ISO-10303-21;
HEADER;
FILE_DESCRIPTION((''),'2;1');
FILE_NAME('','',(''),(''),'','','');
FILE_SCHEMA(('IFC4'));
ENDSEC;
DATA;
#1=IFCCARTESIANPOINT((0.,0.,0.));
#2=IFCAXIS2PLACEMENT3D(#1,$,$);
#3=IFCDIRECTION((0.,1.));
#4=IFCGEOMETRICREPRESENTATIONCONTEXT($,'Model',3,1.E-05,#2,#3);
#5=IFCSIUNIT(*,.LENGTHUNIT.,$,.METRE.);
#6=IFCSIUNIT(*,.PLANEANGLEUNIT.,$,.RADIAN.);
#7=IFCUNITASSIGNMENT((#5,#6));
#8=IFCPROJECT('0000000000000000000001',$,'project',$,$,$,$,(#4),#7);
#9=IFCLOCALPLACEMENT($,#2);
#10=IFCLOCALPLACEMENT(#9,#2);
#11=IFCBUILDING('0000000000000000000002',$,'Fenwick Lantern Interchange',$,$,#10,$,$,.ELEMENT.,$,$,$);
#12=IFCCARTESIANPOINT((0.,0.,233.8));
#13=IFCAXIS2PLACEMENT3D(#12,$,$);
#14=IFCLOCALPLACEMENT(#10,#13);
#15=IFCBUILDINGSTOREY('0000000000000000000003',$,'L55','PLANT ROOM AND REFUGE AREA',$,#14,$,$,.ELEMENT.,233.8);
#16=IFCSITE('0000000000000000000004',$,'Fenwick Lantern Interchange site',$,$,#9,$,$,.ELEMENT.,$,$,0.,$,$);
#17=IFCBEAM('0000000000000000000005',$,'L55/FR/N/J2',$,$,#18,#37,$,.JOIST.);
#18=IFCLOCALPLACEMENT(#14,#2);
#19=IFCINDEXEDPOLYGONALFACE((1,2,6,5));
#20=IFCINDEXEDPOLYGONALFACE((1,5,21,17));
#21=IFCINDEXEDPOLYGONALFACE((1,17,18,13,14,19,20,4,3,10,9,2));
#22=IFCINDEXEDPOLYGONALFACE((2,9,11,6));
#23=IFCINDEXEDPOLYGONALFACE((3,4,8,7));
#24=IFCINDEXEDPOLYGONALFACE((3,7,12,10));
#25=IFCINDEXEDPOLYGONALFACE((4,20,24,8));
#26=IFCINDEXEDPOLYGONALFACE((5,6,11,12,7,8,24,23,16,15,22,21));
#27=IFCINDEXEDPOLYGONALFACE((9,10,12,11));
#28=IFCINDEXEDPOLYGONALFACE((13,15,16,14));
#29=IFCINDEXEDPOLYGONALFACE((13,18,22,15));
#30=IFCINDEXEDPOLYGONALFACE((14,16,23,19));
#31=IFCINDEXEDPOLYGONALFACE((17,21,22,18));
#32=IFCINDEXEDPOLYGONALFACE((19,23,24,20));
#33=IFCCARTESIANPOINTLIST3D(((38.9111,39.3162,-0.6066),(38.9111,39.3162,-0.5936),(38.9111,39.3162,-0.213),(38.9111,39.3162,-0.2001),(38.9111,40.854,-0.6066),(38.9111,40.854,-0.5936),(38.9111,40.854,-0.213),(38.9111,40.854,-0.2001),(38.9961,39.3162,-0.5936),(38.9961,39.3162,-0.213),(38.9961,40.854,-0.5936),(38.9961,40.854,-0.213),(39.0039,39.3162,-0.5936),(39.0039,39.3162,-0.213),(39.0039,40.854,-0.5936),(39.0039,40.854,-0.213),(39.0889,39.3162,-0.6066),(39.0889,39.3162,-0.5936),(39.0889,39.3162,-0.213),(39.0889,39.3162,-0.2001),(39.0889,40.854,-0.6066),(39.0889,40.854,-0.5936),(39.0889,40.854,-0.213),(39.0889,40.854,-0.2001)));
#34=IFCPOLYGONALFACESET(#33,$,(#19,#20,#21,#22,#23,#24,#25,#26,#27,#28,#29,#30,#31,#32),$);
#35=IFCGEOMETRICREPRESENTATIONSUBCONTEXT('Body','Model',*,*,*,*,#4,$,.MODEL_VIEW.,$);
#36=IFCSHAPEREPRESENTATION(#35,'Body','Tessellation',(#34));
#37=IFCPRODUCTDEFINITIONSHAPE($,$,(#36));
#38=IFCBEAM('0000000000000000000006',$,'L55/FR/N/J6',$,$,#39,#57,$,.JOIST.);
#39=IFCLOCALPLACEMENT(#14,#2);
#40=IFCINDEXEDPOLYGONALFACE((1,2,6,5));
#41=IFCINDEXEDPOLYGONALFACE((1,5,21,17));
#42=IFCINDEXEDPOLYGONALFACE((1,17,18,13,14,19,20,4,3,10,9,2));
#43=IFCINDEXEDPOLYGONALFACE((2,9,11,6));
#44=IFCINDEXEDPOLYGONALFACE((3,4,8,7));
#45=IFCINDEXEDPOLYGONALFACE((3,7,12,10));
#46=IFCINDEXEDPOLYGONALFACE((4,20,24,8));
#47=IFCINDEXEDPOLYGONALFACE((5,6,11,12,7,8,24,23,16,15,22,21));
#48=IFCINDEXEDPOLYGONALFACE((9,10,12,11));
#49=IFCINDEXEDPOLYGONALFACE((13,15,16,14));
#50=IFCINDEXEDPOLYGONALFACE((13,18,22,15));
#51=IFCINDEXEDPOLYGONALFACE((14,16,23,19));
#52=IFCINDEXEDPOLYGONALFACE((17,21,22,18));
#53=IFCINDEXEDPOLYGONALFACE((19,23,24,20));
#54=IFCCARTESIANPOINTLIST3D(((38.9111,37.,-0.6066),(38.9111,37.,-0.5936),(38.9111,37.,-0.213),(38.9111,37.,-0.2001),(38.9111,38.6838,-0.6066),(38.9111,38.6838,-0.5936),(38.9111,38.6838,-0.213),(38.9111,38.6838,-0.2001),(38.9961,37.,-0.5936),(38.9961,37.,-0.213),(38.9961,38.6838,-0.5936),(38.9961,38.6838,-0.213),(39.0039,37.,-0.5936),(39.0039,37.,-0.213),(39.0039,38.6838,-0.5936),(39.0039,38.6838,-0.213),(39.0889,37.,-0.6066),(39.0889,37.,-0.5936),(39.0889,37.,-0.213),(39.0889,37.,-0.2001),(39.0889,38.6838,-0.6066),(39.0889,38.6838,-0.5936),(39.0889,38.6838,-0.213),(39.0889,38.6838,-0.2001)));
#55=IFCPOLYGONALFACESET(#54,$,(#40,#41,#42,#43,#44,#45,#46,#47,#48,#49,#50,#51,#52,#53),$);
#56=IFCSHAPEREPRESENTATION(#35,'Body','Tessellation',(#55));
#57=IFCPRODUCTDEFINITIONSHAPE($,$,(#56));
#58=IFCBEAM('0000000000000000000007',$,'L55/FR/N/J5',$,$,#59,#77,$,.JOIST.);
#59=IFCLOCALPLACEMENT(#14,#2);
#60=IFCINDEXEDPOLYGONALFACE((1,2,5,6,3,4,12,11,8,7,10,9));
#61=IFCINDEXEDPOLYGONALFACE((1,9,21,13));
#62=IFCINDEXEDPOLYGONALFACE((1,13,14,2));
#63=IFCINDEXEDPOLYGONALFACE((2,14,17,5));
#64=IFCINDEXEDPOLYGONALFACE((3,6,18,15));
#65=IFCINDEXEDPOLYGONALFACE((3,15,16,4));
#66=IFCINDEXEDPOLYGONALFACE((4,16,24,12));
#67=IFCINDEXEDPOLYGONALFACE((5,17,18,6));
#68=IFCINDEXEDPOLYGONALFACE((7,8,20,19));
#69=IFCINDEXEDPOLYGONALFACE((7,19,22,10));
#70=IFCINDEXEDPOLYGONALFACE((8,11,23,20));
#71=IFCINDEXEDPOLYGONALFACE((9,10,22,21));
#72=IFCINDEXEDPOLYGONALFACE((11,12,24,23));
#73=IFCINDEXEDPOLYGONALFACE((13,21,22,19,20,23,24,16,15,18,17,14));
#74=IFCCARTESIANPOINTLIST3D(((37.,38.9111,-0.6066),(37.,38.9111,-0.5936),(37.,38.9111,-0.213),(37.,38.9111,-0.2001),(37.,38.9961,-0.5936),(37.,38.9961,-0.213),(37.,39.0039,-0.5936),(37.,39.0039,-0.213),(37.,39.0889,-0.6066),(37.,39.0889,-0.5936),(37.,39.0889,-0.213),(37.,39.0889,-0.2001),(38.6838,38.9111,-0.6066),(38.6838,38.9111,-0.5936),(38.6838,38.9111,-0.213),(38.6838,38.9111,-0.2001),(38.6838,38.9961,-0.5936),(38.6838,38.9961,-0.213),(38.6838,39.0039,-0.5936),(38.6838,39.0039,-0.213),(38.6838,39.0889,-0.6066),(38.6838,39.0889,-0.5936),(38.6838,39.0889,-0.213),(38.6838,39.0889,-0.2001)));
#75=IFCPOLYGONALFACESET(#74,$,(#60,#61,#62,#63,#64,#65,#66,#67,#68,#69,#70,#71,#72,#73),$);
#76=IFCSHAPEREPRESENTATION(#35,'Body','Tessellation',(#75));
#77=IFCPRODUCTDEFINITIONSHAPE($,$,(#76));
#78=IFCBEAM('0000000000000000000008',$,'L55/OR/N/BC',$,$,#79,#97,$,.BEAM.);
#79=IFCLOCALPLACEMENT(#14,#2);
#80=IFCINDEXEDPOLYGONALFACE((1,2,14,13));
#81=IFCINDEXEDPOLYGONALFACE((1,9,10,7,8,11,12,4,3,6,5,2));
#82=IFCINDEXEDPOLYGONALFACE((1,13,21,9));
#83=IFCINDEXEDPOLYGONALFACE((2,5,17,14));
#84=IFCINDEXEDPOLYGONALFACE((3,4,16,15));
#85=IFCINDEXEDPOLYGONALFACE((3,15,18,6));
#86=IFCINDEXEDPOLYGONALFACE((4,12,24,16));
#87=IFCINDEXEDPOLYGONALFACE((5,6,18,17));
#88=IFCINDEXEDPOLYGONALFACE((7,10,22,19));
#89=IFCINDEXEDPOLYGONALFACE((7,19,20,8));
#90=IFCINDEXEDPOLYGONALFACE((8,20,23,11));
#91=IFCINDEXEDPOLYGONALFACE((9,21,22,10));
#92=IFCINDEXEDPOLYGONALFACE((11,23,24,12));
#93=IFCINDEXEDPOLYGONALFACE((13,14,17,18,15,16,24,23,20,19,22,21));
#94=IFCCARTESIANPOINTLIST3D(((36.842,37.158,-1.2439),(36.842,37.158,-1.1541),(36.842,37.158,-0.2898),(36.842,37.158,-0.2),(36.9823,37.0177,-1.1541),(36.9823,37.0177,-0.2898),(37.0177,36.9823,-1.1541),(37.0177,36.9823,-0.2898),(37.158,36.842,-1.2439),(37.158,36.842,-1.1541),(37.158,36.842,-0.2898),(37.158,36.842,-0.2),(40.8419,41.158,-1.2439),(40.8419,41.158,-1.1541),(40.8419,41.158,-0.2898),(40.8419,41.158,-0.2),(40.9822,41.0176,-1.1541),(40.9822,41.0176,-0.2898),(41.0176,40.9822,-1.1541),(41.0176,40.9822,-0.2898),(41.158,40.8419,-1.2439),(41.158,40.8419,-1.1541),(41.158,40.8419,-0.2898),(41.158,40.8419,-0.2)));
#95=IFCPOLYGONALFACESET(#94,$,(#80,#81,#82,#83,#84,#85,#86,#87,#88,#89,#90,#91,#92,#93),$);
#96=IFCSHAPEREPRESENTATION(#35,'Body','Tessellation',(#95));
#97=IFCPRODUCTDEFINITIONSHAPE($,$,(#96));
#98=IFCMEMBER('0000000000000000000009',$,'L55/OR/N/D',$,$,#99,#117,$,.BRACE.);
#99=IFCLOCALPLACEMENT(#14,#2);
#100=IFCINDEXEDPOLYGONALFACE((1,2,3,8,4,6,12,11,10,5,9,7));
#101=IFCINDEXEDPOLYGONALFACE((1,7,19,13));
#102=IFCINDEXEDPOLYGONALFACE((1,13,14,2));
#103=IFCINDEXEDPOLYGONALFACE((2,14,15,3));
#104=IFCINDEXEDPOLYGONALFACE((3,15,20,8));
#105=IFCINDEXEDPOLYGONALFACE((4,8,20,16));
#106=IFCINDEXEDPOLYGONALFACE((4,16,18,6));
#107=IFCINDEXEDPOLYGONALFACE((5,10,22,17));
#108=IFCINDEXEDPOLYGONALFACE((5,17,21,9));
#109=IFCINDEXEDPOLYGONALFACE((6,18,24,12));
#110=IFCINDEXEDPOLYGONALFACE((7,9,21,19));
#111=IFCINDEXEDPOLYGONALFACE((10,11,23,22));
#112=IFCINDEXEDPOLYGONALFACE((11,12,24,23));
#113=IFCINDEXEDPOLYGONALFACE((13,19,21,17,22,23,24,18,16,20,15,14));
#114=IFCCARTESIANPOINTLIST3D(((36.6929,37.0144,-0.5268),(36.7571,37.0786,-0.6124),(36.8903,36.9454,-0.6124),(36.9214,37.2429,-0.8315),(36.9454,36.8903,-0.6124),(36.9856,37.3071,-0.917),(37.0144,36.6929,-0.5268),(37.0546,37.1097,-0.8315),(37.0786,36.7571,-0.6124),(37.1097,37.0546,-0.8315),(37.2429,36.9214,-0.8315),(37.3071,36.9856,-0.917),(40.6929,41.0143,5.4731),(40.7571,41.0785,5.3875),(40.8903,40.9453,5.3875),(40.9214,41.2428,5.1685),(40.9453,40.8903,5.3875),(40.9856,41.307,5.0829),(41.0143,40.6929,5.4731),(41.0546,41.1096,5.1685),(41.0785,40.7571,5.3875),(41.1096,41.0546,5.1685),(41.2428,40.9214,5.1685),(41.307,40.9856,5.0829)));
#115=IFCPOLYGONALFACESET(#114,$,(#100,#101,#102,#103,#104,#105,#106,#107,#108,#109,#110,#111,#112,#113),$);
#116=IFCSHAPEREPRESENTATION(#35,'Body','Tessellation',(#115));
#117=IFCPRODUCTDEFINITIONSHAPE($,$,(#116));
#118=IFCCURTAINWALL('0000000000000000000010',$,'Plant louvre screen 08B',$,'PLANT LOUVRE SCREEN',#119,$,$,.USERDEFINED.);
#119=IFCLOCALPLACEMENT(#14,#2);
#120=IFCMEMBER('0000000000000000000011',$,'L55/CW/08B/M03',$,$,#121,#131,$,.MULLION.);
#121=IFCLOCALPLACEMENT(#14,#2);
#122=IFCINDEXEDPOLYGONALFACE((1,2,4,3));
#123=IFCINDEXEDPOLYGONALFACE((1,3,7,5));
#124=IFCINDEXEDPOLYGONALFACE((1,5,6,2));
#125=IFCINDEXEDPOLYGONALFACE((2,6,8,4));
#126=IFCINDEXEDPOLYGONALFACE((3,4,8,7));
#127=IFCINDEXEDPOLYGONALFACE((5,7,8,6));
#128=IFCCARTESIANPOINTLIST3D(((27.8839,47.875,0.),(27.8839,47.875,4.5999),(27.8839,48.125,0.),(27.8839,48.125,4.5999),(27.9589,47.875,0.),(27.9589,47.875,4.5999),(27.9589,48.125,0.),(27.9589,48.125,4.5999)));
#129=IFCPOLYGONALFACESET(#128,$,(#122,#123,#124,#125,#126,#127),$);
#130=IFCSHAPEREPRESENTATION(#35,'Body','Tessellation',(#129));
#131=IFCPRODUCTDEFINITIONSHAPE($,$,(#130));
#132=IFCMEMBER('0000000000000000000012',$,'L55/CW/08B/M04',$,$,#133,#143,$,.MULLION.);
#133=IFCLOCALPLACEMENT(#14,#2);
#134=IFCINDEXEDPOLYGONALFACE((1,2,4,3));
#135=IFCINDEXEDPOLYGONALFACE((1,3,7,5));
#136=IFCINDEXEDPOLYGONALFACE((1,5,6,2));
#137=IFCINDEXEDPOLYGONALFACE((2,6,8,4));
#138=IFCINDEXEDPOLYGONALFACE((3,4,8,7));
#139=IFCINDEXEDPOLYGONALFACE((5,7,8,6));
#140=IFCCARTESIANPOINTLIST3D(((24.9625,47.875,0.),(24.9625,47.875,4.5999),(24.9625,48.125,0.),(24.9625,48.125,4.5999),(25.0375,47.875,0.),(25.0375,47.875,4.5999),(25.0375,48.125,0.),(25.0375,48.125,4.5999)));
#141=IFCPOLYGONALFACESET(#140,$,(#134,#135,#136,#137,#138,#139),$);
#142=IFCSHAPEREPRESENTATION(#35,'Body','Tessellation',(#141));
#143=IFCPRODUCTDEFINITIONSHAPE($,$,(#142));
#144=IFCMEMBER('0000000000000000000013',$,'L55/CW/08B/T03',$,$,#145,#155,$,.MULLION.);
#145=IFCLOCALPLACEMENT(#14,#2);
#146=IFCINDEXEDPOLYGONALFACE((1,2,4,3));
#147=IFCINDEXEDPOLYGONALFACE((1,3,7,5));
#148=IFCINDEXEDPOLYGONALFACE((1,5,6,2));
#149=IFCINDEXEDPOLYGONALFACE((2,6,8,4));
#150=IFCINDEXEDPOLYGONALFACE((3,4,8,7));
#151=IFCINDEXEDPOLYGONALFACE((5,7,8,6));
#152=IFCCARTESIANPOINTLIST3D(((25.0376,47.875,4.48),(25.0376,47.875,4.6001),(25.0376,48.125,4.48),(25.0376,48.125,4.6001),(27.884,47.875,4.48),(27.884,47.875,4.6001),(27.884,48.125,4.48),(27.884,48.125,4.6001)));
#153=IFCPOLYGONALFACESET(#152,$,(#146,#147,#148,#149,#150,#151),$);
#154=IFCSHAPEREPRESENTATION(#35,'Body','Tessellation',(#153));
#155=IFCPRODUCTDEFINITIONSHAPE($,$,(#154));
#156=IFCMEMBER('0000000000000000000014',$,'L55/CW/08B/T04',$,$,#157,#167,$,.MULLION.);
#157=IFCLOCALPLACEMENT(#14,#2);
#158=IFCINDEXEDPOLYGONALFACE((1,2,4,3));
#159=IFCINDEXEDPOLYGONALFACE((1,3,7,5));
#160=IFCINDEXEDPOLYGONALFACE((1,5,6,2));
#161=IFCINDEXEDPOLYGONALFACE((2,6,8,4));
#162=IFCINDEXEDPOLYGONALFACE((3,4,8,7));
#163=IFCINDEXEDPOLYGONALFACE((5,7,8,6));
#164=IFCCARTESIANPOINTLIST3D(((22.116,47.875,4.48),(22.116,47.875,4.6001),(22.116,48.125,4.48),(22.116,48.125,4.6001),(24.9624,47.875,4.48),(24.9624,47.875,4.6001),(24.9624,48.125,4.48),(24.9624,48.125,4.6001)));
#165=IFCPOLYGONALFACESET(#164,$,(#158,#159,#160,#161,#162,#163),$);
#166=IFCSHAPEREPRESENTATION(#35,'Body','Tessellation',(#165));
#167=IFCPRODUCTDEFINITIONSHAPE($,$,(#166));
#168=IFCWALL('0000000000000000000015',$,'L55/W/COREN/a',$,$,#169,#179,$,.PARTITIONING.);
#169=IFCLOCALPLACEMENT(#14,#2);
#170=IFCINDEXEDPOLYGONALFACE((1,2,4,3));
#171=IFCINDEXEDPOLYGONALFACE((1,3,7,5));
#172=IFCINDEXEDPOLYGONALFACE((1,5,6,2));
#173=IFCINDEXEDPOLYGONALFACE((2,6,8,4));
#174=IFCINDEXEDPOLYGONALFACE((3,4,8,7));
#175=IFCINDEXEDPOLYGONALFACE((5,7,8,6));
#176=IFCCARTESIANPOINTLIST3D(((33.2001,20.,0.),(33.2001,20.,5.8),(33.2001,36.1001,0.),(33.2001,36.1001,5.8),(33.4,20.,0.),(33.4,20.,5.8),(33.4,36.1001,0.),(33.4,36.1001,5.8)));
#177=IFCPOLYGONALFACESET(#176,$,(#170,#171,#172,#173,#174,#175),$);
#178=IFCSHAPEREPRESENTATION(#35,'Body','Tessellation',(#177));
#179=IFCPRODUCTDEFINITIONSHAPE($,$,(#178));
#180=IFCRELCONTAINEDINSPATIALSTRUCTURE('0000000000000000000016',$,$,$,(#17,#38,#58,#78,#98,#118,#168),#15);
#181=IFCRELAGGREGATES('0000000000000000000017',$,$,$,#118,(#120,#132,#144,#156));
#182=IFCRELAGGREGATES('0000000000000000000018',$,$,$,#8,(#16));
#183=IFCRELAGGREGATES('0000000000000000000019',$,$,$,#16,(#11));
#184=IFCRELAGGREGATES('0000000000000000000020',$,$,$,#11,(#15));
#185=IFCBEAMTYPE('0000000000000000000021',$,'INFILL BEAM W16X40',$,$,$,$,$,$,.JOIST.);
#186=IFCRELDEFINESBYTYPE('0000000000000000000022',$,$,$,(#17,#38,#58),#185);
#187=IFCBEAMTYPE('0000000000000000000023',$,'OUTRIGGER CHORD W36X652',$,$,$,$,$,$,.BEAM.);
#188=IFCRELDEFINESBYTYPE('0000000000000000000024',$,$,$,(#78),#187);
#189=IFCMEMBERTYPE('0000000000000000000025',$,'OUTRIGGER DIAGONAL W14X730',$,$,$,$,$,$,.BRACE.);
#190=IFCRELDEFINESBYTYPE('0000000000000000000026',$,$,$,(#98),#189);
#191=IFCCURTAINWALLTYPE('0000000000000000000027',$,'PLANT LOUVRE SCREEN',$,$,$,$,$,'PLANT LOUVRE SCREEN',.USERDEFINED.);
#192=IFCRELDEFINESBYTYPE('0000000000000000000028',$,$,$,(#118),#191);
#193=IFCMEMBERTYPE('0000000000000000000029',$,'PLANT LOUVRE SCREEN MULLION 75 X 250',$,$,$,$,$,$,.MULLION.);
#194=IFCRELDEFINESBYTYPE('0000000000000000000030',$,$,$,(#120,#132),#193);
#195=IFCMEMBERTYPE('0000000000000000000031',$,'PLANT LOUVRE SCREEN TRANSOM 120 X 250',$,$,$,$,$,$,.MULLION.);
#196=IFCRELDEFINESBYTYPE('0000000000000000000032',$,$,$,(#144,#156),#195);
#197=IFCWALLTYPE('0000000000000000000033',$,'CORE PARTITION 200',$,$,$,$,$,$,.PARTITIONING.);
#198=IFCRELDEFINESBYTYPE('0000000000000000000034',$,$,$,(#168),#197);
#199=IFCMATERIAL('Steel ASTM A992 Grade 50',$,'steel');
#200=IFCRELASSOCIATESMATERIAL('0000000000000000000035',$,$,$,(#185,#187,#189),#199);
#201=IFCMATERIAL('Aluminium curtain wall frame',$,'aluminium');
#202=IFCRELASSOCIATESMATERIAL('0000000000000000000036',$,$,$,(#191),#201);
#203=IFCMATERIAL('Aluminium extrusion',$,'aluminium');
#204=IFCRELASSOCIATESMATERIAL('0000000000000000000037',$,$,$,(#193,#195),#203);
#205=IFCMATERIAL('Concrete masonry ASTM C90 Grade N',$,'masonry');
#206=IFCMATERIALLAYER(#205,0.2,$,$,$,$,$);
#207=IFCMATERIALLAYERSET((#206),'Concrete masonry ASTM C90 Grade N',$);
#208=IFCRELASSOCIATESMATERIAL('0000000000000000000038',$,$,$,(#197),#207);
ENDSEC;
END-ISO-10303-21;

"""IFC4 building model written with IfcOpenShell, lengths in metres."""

from ifc_helpers import new_model, si_unit, direction, frame, frame_2d, origin, origin_2d, place, context, subcontext, project, spatial, rectangle, i_section, extrude, material, layer, layer_set, material_profile, profile_set, type_object, element, aggregate, save


model = new_model("IFC4")

# Units and contexts
model_context = context("Model", 3, precision=1e-05, world=origin(), true_north=direction((0.0, 1.0)))
body_context = subcontext(model_context, "Body", "Model", "MODEL_VIEW")
ifc_project = project(units=[si_unit("LENGTHUNIT", "METRE"), si_unit("PLANEANGLEUNIT", "RADIAN")], contexts=[model_context])

# Site, building, storey
site_placement = place(None, origin())
site = spatial("IfcSite", under=ifc_project, at=site_placement, Name="Fenwick Lantern Interchange site", CompositionType="ELEMENT", RefElevation=0.0)
building_placement = place(site_placement, origin())
building = spatial("IfcBuilding", under=site, at=building_placement, Name="Fenwick Lantern Interchange", CompositionType="ELEMENT")
storey_placement = place(building_placement, frame((0.0, 0.0, 233.8)))
storey = spatial("IfcBuildingStorey", under=building, at=storey_placement, Name="L55", Description="PLANT ROOM AND REFUGE AREA", CompositionType="ELEMENT", Elevation=233.8)

# Beams
ifc_material_1 = material(Name="Steel ASTM A992 Grade 50", Category="steel")
ifc_material_profile_1 = material_profile(ifc_material_1, i_section(OverallWidth=0.1777, OverallDepth=0.4065, WebThickness=0.0078, FlangeThickness=0.0129, at=origin_2d()), Name="W16X40")
ifc_profile_set_1 = profile_set([ifc_material_profile_1], Name="Steel ASTM A992 Grade 50")
beam_type_1 = type_object("IfcBeamType", Name="INFILL BEAM W16X40", PredefinedType="JOIST", material=ifc_profile_set_1)
beam_1_placement = place(storey_placement, frame((39.0, 40.854, -0.4033), z_axis=(0.0, -1.0, 0.0), x_axis=(1.0, 0.0, 0.0)))
element("IfcBeam", 1, at=beam_1_placement, inside=storey, type_object=beam_type_1, Name="L55/FR/N/J2", PredefinedType="JOIST", context=body_context, shape_type="SweptSolid", body=[
    extrude(i_section(OverallWidth=0.1777, OverallDepth=0.4065, WebThickness=0.0078, FlangeThickness=0.0129, at=origin_2d()), origin(), (0.0, 0.0, 1.0), 1.5378),
])
for number, where, z_axis, x_axis, name in (
    (2, (39.0, 38.6838, -0.4033), (0.0, -1.0, 0.0), (1.0, 0.0, 0.0), "L55/FR/N/J6"),
    (3, (38.6838, 39.0, -0.4033), (-1.0, 0.0, 0.0), (0.0, -1.0, 0.0), "L55/FR/N/J5"),
):
    element("IfcBeam", number, at=place(storey_placement, frame(where, z_axis=z_axis, x_axis=x_axis)), inside=storey, type_object=beam_type_1, Name=name, PredefinedType="JOIST", context=body_context, shape_type="SweptSolid", body=[
        extrude(i_section(OverallWidth=0.1777, OverallDepth=0.4065, WebThickness=0.0078, FlangeThickness=0.0129, at=origin_2d()), origin(), (0.0, 0.0, 1.0), 1.6838),
    ])
ifc_material_profile_2 = material_profile(ifc_material_1, i_section(OverallWidth=0.447, OverallDepth=1.0439, WebThickness=0.05, FlangeThickness=0.0898, at=origin_2d()), Name="W36X652")
ifc_profile_set_2 = profile_set([ifc_material_profile_2], Name="Steel ASTM A992 Grade 50")
beam_type_2 = type_object("IfcBeamType", Name="OUTRIGGER CHORD W36X652", PredefinedType="BEAM", material=ifc_profile_set_2)
beam_2_placement = place(storey_placement, frame((37.0, 37.0, -0.7219), z_axis=(0.707107, 0.707107, 0.0), x_axis=(-0.707107, 0.707107, 0.0)))
element("IfcBeam", 4, at=beam_2_placement, inside=storey, type_object=beam_type_2, Name="L55/OR/N/BC", PredefinedType="BEAM", context=body_context, shape_type="SweptSolid", body=[
    extrude(i_section(OverallWidth=0.447, OverallDepth=1.0439, WebThickness=0.05, FlangeThickness=0.0898, at=origin_2d()), origin(), (0.0, 0.0, 1.0), 5.6567),
])

# Member
ifc_material_profile_3 = material_profile(ifc_material_1, i_section(OverallWidth=0.4546, OverallDepth=0.5688, WebThickness=0.0779, FlangeThickness=0.1248, at=origin_2d()), Name="W14X730")
ifc_profile_set_3 = profile_set([ifc_material_profile_3], Name="Steel ASTM A992 Grade 50")
member_type_1 = type_object("IfcMemberType", Name="OUTRIGGER DIAGONAL W14X730", PredefinedType="BRACE", material=ifc_profile_set_3)
member_1_placement = place(storey_placement, frame((37.0, 37.0, -0.7219), z_axis=(0.485071, 0.485071, 0.727607), x_axis=(-0.707107, 0.707107, 0.0)))
element("IfcMember", 5, at=member_1_placement, inside=storey, type_object=member_type_1, Name="L55/OR/N/D", PredefinedType="BRACE", context=body_context, shape_type="SweptSolid", body=[
    extrude(i_section(OverallWidth=0.4546, OverallDepth=0.5688, WebThickness=0.0779, FlangeThickness=0.1248, at=origin_2d()), origin(), (0.0, 0.0, 1.0), 8.2461),
])

# Curtain wall, members
ifc_material_2 = material(Name="Aluminium curtain wall frame", Category="aluminium")
curtain_wall_type = type_object("IfcCurtainWallType", Name="PLANT LOUVRE SCREEN", ElementType="PLANT LOUVRE SCREEN", PredefinedType="USERDEFINED", material=ifc_material_2)
curtain_wall_placement = place(storey_placement, origin())
curtain_wall = element("IfcCurtainWall", 6, at=curtain_wall_placement, inside=storey, type_object=curtain_wall_type, Name="Plant louvre screen 08B", ObjectType="PLANT LOUVRE SCREEN", PredefinedType="USERDEFINED")
ifc_material_3 = material(Name="Aluminium extrusion", Category="aluminium")
ifc_material_profile_4 = material_profile(ifc_material_3, rectangle(XDim=0.25, YDim=0.075, at=origin_2d()), Name="PLANT LOUVRE SCREEN MULLION 75 X 250")
ifc_profile_set_4 = profile_set([ifc_material_profile_4], Name="Aluminium extrusion")
member_type_2 = type_object("IfcMemberType", Name="PLANT LOUVRE SCREEN MULLION 75 X 250", PredefinedType="MULLION", material=ifc_profile_set_4)
member_2_placement = place(storey_placement, frame((27.9214, 48.0, 0.0), z_axis=(0.0, 0.0, 1.0), x_axis=(0.0, -1.0, 0.0)))
member_2 = element("IfcMember", 7, at=member_2_placement, type_object=member_type_2, Name="L55/CW/08B/M03", PredefinedType="MULLION", context=body_context, shape_type="SweptSolid", body=[
    extrude(rectangle(XDim=0.25, YDim=0.075, at=origin_2d()), origin(), (0.0, 0.0, 1.0), 4.5999),
])
member_3_placement = place(storey_placement, frame((25.0, 48.0, 0.0), z_axis=(0.0, 0.0, 1.0), x_axis=(0.0, -1.0, 0.0)))
member_3 = element("IfcMember", 8, at=member_3_placement, type_object=member_type_2, Name="L55/CW/08B/M04", PredefinedType="MULLION", context=body_context, shape_type="SweptSolid", body=[
    extrude(rectangle(XDim=0.25, YDim=0.075, at=origin_2d()), origin(), (0.0, 0.0, 1.0), 4.5999),
])
ifc_material_profile_5 = material_profile(ifc_material_3, rectangle(XDim=0.25, YDim=0.1201, at=origin_2d()), Name="PLANT LOUVRE SCREEN TRANSOM 120 X 250")
ifc_profile_set_5 = profile_set([ifc_material_profile_5], Name="Aluminium extrusion")
member_type_3 = type_object("IfcMemberType", Name="PLANT LOUVRE SCREEN TRANSOM 120 X 250", PredefinedType="MULLION", material=ifc_profile_set_5)
member_4_placement = place(storey_placement, frame((27.884, 48.0, 4.54), z_axis=(-1.0, 0.0, 0.0), x_axis=(0.0, -1.0, 0.0)))
member_4 = element("IfcMember", 9, at=member_4_placement, type_object=member_type_3, Name="L55/CW/08B/T03", PredefinedType="MULLION", context=body_context, shape_type="SweptSolid", body=[
    extrude(rectangle(XDim=0.25, YDim=0.1201, at=origin_2d()), origin(), (0.0, 0.0, 1.0), 2.8464),
])
member_5_placement = place(storey_placement, frame((24.9624, 48.0, 4.54), z_axis=(-1.0, 0.0, 0.0), x_axis=(0.0, -1.0, 0.0)))
member_5 = element("IfcMember", 10, at=member_5_placement, type_object=member_type_3, Name="L55/CW/08B/T04", PredefinedType="MULLION", context=body_context, shape_type="SweptSolid", body=[
    extrude(rectangle(XDim=0.25, YDim=0.1201, at=origin_2d()), origin(), (0.0, 0.0, 1.0), 2.8464),
])

# Wall
ifc_material_4 = material(Name="Concrete masonry ASTM C90 Grade N", Category="masonry")
ifc_layer_1 = layer(ifc_material_4, 0.2)
ifc_layer_set_1 = layer_set([ifc_layer_1], Name="Concrete masonry ASTM C90 Grade N")
wall_type_1 = type_object("IfcWallType", Name="CORE PARTITION 200", PredefinedType="PARTITIONING", material=ifc_layer_set_1)
wall_1_placement = place(storey_placement, frame((33.3, 36.1001, 0.0), z_axis=(0.0, 0.0, 1.0), x_axis=(0.0, -1.0, 0.0)))
element("IfcWall", 11, at=wall_1_placement, inside=storey, type_object=wall_type_1, Name="L55/W/COREN/a", PredefinedType="PARTITIONING", context=body_context, shape_type="SweptSolid", body=[
    extrude(rectangle(XDim=16.1001, YDim=0.2, at=frame_2d((8.05, 0.0))), origin(), (0.0, 0.0, 1.0), 5.8),
])

aggregate(curtain_wall, [member_2, member_3, member_4, member_5])

save(model, "model.ifc")
